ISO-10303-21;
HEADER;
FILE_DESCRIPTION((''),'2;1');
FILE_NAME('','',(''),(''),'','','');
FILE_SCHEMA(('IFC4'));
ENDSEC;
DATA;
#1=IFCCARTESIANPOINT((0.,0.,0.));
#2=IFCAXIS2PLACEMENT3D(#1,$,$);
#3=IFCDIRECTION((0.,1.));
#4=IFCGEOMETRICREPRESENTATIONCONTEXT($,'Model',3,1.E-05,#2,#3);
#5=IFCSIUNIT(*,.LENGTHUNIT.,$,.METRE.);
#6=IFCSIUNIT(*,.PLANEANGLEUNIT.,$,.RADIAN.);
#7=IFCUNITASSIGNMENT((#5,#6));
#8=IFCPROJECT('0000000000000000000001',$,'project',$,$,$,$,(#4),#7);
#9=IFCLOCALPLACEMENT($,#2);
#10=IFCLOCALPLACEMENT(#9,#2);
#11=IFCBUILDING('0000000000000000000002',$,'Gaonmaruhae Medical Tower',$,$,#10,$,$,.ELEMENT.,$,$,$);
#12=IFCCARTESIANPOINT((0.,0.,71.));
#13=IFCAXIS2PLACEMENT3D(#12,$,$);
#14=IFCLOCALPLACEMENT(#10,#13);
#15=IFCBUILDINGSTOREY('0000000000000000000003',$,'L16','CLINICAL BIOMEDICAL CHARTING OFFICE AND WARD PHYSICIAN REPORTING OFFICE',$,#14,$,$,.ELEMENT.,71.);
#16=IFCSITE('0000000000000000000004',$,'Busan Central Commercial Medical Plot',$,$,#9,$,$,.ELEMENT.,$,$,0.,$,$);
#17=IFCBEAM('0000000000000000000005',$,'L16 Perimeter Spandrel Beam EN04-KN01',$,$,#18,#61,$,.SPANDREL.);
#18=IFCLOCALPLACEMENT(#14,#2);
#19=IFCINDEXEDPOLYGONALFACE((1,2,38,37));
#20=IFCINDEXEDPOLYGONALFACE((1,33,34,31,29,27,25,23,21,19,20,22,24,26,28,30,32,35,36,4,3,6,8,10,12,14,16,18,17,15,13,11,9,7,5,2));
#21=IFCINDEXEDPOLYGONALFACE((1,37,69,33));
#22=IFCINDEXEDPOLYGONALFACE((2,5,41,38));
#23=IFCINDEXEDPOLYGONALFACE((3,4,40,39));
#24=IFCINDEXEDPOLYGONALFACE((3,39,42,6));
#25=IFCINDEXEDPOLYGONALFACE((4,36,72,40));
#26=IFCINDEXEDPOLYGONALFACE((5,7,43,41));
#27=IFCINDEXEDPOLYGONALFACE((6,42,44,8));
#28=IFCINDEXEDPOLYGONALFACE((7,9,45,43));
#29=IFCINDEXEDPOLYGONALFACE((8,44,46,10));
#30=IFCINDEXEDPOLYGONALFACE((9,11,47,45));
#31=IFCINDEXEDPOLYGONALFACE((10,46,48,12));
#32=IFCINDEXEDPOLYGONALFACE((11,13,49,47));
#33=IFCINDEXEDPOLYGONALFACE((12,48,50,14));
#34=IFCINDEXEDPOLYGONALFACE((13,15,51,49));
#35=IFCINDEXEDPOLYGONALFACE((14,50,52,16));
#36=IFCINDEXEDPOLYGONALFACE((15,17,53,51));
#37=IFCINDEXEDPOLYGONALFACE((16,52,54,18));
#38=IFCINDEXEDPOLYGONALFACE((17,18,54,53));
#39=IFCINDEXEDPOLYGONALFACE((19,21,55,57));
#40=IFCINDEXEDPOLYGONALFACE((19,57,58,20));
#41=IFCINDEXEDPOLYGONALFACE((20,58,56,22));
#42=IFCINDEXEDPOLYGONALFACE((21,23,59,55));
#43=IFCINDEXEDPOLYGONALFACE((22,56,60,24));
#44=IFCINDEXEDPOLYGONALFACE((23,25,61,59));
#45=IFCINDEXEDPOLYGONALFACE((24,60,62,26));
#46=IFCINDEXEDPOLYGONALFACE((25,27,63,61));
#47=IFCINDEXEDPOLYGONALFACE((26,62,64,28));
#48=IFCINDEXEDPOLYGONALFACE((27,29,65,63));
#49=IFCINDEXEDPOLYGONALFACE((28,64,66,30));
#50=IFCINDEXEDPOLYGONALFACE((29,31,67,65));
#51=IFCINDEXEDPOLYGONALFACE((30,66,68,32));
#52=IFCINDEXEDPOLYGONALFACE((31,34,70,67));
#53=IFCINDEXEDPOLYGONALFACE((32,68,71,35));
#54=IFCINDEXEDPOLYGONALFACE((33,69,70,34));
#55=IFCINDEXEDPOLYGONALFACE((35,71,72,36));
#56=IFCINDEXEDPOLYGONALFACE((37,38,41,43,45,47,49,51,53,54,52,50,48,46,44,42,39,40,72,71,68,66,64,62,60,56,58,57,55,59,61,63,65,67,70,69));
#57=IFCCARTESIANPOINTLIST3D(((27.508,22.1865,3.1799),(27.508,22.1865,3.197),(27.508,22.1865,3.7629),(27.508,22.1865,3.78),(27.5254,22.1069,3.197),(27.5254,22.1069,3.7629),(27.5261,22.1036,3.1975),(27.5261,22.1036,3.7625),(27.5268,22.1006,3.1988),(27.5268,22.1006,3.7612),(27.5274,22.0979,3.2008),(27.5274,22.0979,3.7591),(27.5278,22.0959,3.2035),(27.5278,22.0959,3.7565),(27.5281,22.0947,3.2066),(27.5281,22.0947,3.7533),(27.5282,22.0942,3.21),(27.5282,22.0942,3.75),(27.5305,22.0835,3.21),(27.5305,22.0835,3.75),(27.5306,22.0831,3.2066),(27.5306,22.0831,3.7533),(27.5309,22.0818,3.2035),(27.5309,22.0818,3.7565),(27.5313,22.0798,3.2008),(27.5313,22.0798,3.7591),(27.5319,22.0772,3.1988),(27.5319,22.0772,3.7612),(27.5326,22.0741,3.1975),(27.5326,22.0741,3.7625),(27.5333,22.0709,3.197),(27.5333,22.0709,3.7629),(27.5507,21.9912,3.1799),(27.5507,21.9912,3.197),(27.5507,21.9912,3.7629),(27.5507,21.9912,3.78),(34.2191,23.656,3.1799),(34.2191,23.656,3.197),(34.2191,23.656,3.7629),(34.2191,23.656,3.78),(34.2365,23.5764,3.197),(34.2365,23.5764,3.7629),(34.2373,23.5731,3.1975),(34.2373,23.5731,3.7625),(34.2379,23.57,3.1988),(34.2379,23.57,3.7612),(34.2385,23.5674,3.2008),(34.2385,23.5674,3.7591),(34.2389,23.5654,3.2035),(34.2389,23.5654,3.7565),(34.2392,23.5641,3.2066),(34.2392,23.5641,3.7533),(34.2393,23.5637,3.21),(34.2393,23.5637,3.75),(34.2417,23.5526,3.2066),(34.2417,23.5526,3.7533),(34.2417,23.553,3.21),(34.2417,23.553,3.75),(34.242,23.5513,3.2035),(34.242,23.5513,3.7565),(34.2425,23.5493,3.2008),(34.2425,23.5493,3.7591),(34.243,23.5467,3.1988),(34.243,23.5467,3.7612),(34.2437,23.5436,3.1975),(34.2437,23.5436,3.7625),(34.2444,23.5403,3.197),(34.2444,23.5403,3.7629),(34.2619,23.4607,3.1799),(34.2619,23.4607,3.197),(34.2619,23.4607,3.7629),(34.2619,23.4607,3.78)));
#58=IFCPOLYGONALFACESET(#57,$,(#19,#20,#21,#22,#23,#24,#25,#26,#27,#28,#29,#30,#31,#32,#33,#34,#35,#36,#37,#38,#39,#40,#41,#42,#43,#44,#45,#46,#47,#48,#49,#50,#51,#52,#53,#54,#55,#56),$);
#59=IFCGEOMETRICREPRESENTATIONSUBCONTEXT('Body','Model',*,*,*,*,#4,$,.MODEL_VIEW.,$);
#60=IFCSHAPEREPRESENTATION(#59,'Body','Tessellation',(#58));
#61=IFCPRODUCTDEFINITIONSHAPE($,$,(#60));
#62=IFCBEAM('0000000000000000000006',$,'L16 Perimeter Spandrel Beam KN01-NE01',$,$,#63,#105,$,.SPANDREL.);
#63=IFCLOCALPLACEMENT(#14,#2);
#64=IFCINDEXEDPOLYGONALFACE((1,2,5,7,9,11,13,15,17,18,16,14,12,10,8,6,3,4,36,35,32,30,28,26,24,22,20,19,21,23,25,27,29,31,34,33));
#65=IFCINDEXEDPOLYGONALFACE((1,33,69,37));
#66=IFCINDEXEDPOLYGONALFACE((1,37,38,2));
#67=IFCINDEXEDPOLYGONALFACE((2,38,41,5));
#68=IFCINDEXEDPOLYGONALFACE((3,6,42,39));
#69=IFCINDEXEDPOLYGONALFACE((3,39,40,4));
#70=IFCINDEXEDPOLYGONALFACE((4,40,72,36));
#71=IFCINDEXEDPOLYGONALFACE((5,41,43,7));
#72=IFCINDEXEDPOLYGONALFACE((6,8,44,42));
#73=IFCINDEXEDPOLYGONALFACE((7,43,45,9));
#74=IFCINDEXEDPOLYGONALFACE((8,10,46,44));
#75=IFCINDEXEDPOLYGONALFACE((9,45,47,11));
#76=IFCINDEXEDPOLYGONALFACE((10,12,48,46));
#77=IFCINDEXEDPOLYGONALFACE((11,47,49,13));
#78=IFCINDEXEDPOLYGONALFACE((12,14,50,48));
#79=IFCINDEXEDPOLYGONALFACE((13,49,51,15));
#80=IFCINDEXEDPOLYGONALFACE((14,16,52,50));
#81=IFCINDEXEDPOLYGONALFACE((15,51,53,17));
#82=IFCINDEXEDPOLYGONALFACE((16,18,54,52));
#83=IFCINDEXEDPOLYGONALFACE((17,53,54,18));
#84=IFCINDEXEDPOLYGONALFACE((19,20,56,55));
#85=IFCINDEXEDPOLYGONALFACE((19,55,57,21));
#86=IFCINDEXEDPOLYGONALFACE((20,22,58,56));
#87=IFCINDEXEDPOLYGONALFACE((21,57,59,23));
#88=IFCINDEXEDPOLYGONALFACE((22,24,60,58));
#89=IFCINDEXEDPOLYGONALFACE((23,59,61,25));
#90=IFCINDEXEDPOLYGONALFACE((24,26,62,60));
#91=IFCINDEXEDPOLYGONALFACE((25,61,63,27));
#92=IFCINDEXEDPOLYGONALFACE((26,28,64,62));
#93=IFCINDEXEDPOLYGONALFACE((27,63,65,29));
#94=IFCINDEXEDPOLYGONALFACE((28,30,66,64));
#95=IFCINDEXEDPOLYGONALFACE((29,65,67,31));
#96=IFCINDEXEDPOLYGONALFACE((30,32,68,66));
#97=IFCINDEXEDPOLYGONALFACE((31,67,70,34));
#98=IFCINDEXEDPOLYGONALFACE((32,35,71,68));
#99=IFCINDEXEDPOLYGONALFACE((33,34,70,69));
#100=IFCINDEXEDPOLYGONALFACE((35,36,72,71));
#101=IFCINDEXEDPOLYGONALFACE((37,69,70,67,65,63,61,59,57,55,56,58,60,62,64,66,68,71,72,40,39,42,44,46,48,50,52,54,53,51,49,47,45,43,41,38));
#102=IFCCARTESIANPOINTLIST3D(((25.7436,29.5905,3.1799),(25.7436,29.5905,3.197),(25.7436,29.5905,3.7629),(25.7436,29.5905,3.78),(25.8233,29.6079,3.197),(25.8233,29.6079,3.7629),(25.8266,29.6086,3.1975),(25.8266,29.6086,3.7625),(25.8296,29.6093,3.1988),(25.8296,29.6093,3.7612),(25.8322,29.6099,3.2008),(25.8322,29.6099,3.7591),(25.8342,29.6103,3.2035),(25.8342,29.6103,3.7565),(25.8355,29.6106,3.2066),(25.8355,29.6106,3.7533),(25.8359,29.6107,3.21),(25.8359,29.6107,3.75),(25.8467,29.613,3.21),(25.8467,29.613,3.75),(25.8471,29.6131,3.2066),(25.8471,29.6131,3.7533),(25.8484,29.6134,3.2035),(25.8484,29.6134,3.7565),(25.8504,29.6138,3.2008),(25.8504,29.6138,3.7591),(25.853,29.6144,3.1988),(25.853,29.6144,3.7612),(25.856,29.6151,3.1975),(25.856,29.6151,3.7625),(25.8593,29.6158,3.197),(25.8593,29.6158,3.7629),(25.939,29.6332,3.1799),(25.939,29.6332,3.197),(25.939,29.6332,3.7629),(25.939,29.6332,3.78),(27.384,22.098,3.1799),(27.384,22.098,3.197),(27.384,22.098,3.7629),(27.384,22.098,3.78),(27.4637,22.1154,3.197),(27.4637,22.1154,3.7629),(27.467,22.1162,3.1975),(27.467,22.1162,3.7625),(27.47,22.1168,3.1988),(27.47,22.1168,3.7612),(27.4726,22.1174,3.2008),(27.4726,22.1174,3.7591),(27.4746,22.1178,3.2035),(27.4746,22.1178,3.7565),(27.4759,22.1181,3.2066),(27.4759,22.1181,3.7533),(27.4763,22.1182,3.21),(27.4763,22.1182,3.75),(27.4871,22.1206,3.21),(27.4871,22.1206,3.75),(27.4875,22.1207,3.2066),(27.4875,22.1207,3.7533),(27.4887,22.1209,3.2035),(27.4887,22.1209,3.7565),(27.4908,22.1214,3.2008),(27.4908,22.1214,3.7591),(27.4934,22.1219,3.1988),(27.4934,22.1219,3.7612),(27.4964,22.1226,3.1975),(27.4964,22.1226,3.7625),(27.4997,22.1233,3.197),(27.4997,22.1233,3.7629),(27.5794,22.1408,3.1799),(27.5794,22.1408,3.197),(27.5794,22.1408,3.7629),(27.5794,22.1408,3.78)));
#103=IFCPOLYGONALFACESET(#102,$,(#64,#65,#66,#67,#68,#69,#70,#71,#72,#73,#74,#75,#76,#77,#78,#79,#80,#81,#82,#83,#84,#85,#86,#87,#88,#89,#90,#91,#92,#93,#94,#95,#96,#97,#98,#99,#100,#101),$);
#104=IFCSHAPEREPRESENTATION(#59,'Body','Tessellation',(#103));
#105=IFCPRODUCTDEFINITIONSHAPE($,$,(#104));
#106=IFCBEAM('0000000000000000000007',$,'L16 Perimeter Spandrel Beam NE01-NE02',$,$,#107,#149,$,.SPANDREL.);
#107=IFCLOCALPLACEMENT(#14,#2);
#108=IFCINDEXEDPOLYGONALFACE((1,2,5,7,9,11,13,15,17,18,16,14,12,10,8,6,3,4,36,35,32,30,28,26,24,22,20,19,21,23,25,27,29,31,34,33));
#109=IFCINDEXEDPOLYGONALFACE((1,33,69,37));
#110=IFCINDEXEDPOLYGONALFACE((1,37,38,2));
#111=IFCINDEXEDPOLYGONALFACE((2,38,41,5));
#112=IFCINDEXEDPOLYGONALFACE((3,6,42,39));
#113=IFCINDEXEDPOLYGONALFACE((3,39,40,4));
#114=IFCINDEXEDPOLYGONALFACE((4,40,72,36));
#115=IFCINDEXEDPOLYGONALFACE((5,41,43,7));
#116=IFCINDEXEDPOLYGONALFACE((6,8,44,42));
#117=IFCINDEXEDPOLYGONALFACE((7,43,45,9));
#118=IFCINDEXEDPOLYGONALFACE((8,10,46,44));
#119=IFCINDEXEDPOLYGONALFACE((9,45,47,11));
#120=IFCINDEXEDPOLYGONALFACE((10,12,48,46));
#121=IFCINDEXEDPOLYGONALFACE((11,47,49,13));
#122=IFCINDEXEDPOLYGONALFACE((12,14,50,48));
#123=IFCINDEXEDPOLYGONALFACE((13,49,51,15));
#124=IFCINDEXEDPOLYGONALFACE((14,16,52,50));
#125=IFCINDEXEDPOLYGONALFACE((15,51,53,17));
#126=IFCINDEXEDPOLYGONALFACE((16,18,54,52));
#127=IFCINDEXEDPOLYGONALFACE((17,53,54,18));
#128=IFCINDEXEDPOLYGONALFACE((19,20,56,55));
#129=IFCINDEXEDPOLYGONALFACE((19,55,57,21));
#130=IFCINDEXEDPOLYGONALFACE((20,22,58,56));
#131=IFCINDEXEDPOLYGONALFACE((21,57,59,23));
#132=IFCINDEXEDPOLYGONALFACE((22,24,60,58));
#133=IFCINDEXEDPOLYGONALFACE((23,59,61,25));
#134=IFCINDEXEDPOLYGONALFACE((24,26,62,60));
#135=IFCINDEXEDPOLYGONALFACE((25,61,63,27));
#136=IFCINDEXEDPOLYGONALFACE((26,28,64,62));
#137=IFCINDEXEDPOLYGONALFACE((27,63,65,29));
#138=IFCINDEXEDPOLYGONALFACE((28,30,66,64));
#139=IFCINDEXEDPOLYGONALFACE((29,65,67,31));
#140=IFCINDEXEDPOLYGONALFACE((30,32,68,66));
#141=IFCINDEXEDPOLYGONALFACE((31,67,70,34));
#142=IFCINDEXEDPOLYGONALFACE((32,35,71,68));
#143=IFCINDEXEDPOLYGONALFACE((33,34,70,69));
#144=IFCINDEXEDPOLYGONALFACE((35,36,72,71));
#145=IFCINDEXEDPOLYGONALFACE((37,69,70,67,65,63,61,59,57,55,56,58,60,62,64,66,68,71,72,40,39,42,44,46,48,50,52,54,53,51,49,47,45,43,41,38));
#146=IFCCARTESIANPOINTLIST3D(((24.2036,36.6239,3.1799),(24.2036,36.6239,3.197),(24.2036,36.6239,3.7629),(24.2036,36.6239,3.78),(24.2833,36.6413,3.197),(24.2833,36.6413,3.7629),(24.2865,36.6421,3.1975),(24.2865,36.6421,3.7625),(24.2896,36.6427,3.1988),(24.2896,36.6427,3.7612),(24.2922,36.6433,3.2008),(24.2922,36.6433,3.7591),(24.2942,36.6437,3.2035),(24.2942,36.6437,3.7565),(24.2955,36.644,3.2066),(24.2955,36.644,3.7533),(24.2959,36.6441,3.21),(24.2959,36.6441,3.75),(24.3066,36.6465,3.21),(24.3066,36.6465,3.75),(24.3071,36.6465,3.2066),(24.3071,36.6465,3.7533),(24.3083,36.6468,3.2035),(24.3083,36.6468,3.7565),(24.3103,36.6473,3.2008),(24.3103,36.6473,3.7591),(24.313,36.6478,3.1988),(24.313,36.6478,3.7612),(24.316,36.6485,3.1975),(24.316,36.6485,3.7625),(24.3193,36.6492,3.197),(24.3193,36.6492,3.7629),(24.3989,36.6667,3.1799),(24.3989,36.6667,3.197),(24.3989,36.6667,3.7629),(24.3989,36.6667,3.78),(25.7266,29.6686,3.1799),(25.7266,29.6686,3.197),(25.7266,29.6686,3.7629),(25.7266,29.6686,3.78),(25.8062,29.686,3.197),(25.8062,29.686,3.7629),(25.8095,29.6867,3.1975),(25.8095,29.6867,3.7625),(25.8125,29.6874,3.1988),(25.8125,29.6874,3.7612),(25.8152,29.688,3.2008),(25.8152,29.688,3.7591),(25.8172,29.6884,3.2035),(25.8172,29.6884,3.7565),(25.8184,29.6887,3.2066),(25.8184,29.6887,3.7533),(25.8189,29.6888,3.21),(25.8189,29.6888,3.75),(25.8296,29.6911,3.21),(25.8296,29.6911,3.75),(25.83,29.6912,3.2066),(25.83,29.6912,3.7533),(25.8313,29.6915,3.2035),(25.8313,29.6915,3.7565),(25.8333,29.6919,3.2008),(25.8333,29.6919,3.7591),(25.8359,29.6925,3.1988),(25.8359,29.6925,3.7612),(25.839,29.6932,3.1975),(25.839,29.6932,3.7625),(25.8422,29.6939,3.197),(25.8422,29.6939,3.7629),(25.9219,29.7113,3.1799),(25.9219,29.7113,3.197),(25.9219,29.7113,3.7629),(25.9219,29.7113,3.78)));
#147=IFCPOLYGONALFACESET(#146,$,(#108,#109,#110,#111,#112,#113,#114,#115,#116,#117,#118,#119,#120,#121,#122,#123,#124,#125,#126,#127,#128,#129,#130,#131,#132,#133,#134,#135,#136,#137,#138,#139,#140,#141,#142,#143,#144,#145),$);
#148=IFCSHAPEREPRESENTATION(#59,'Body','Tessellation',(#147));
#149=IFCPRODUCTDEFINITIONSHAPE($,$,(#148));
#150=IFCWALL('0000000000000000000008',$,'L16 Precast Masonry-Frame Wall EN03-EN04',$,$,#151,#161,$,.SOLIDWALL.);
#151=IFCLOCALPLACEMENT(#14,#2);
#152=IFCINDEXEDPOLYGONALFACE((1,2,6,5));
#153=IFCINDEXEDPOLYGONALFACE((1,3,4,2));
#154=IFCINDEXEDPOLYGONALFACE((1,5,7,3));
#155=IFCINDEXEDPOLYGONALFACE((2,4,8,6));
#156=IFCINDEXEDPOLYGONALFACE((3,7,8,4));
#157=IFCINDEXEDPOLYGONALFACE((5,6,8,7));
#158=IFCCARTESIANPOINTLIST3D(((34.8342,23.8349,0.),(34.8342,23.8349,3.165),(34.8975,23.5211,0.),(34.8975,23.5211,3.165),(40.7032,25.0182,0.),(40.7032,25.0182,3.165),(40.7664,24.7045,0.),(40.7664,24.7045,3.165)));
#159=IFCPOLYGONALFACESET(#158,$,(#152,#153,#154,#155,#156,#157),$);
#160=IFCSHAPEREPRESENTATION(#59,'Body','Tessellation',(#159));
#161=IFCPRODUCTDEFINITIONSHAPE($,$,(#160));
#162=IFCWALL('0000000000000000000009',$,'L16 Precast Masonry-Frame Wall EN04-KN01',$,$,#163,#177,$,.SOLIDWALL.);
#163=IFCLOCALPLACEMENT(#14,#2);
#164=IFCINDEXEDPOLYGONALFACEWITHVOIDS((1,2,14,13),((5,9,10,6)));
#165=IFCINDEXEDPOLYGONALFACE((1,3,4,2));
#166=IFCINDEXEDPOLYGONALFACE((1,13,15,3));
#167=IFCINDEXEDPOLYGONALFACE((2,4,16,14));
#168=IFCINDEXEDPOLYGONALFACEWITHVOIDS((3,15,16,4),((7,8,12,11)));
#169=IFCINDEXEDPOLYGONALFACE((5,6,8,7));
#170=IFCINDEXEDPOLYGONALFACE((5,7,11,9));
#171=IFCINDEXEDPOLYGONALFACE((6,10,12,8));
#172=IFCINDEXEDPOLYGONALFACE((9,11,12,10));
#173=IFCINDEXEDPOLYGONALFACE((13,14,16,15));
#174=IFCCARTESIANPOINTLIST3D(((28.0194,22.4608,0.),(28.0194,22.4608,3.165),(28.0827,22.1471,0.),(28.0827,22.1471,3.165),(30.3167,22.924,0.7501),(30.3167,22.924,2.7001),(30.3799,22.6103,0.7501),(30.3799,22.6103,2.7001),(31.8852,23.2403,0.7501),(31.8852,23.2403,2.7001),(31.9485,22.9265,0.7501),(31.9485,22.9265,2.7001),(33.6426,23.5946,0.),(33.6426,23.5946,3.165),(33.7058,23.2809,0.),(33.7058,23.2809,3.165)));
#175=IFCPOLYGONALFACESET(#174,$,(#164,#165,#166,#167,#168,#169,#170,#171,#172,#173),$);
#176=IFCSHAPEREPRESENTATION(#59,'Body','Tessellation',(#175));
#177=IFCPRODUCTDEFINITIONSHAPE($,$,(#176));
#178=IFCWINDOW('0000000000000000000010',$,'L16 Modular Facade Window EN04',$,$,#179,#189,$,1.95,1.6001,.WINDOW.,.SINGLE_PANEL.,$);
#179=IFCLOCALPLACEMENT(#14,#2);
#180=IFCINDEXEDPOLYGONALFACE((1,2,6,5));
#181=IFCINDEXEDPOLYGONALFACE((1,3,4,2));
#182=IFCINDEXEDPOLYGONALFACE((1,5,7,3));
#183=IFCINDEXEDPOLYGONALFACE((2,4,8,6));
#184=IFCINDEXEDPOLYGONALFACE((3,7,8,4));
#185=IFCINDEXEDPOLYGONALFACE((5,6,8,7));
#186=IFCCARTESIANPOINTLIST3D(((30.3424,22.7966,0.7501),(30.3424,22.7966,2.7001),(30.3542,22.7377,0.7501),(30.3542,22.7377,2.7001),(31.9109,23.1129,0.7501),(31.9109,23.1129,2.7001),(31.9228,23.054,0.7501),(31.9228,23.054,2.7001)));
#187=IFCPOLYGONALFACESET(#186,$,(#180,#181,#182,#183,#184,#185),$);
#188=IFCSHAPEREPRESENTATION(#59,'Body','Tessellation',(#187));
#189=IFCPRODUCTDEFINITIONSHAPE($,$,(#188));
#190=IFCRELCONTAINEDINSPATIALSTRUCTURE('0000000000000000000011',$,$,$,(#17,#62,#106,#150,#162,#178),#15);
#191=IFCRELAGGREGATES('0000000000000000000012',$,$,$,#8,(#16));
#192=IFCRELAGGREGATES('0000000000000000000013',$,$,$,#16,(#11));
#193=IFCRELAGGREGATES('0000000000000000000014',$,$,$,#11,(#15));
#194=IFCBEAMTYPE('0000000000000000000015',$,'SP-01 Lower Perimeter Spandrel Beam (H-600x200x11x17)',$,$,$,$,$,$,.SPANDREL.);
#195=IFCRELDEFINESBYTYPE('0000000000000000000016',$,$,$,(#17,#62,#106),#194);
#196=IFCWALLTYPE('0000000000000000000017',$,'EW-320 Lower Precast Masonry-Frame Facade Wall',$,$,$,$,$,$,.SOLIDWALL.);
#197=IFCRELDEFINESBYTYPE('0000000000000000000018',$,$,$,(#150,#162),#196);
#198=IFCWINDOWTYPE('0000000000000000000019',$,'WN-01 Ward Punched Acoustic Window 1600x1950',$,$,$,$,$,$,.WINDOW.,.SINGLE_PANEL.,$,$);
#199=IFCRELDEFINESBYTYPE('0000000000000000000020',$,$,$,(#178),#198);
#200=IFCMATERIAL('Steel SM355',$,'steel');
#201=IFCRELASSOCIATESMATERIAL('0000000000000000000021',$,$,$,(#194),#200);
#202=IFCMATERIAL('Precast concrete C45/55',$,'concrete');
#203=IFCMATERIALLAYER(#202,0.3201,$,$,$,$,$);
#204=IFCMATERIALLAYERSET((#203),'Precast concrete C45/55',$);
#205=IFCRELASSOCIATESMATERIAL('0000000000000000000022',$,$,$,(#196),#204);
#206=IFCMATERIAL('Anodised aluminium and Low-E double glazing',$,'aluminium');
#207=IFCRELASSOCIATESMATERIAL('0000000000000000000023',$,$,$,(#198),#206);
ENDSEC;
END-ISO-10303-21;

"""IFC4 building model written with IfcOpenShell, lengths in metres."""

from ifc_helpers import new_model, si_unit, direction, frame, frame_2d, origin, origin_2d, place, context, subcontext, project, spatial, rectangle, i_section, extrude, material, layer, layer_set, material_profile, profile_set, type_object, element, fill, save


model = new_model("IFC4")

# Units and contexts
model_context = context("Model", 3, precision=1e-05, world=origin(), true_north=direction((0.0, 1.0)))
body_context = subcontext(model_context, "Body", "Model", "MODEL_VIEW")
ifc_project = project(units=[si_unit("LENGTHUNIT", "METRE"), si_unit("PLANEANGLEUNIT", "RADIAN")], contexts=[model_context])

# Site, building, storey
site_placement = place(None, origin())
site = spatial("IfcSite", under=ifc_project, at=site_placement, Name="Busan Central Commercial Medical Plot", CompositionType="ELEMENT", RefElevation=0.0)
building_placement = place(site_placement, origin())
building = spatial("IfcBuilding", under=site, at=building_placement, Name="Gaonmaruhae Medical Tower", CompositionType="ELEMENT")
storey_placement = place(building_placement, frame((0.0, 0.0, 71.0)))
storey = spatial("IfcBuildingStorey", under=building, at=storey_placement, Name="L16", Description="CLINICAL BIOMEDICAL CHARTING OFFICE AND WARD PHYSICIAN REPORTING OFFICE", CompositionType="ELEMENT", Elevation=71.0)

# Beams
ifc_material_1 = material(Name="Steel SM355", Category="steel")
ifc_material_profile_1 = material_profile(ifc_material_1, i_section(OverallWidth=0.2, OverallDepth=0.6001, WebThickness=0.011, FlangeThickness=0.0171, FilletRadius=0.0129, at=origin_2d()), Name="H-600x200x11x17")
ifc_profile_set_1 = profile_set([ifc_material_profile_1], Name="Steel SM355")
beam_type_1 = type_object("IfcBeamType", Name="SP-01 Lower Perimeter Spandrel Beam (H-600x200x11x17)", PredefinedType="SPANDREL", material=ifc_profile_set_1)
beam_1_placement = place(storey_placement, frame((34.2405, 23.5583, 3.48), z_axis=(-0.976857, -0.213893, 0.0), x_axis=(0.213893, -0.976857, 0.0)))
element("IfcBeam", 1, at=beam_1_placement, inside=storey, type_object=beam_type_1, Name="L16 Perimeter Spandrel Beam EN04-KN01", PredefinedType="SPANDREL", context=body_context, shape_type="SweptSolid", body=[
    extrude(i_section(OverallWidth=0.2, OverallDepth=0.6001, WebThickness=0.011, FlangeThickness=0.0171, FilletRadius=0.0129, at=origin_2d()), origin(), (0.0, 0.0, 1.0), 6.8701),
])
beam_2_placement = place(storey_placement, frame((27.4817, 22.1194, 3.48), z_axis=(-0.213872, 0.976862, 0.0), x_axis=(-0.976862, -0.213872, 0.0)))
element("IfcBeam", 2, at=beam_2_placement, inside=storey, type_object=beam_type_1, Name="L16 Perimeter Spandrel Beam KN01-NE01", PredefinedType="SPANDREL", context=body_context, shape_type="SweptSolid", body=[
    extrude(i_section(OverallWidth=0.2, OverallDepth=0.6001, WebThickness=0.011, FlangeThickness=0.0171, FilletRadius=0.0129, at=origin_2d()), origin(), (0.0, 0.0, 1.0), 7.6699),
])
beam_3_placement = place(storey_placement, frame((25.8242, 29.6899, 3.48), z_axis=(-0.213894, 0.976857, 0.0), x_axis=(-0.976857, -0.213894, 0.0)))
element("IfcBeam", 3, at=beam_3_placement, inside=storey, type_object=beam_type_1, Name="L16 Perimeter Spandrel Beam NE01-NE02", PredefinedType="SPANDREL", context=body_context, shape_type="SweptSolid", body=[
    extrude(i_section(OverallWidth=0.2, OverallDepth=0.6001, WebThickness=0.011, FlangeThickness=0.0171, FilletRadius=0.0129, at=origin_2d()), origin(), (0.0, 0.0, 1.0), 7.1201),
])

# Wall
ifc_material_2 = material(Name="Precast concrete C45/55", Category="concrete")
ifc_layer_1 = layer(ifc_material_2, 0.3201)
ifc_layer_set_1 = layer_set([ifc_layer_1], Name="Precast concrete C45/55")
wall_type_1 = type_object("IfcWallType", Name="EW-320 Lower Precast Masonry-Frame Facade Wall", PredefinedType="SOLIDWALL", material=ifc_layer_set_1)
wall_1_placement = place(storey_placement, frame((34.8657, 23.678, 0.0), z_axis=(0.0, 0.0, 1.0), x_axis=(0.980272, 0.197653, 0.0)))
element("IfcWall", 4, at=wall_1_placement, inside=storey, type_object=wall_type_1, Name="L16 Precast Masonry-Frame Wall EN03-EN04", PredefinedType="SOLIDWALL", context=body_context, shape_type="SweptSolid", body=[
    extrude(rectangle(XDim=5.9871, YDim=0.3201, at=frame_2d((2.9937, 0.0))), origin(), (0.0, 0.0, 1.0), 3.165),
])

# Wall, opening, window
wall_2_placement = place(storey_placement, frame((28.051, 22.304, 0.0), z_axis=(0.0, 0.0, 1.0), x_axis=(0.980272, 0.197655, 0.0)))
wall_2 = element("IfcWall", 5, at=wall_2_placement, inside=storey, type_object=wall_type_1, Name="L16 Precast Masonry-Frame Wall EN04-KN01", PredefinedType="SOLIDWALL", context=body_context, shape_type="SweptSolid", body=[
    extrude(rectangle(XDim=5.7363, YDim=0.3201, at=frame_2d((2.8682, 0.0))), origin(), (0.0, 0.0, 1.0), 3.165),
])
opening_1_placement = place(wall_2_placement, frame((2.3435, 0.0, 0.75)))
opening_1 = element("IfcOpeningElement", 6, at=opening_1_placement, cuts=wall_2, PredefinedType="OPENING", context=body_context, shape_type="SweptSolid", body=[
    extrude(rectangle(XDim=1.6001, YDim=1.95, at=frame_2d((0.8, 0.9751))), frame((0.0, 0.1699, 0.0), z_axis=(0.0, -1.0, 0.0), x_axis=(1.0, 0.0, 0.0)), (0.0, 0.0, 1.0), 0.3401),
])
ifc_material_3 = material(Name="Anodised aluminium and Low-E double glazing", Category="aluminium")
window_type_1 = type_object("IfcWindowType", Name="WN-01 Ward Punched Acoustic Window 1600x1950", PartitioningType="SINGLE_PANEL", PredefinedType="WINDOW", material=ifc_material_3)
window_1_placement = place(opening_1_placement, origin())
window_1 = element("IfcWindow", 7, at=window_1_placement, inside=storey, type_object=window_type_1, Name="L16 Modular Facade Window EN04", OverallHeight=1.95, OverallWidth=1.6001, PartitioningType="SINGLE_PANEL", PredefinedType="WINDOW", context=body_context, shape_type="SweptSolid", body=[
    extrude(rectangle(XDim=1.6001, YDim=1.95, at=frame_2d((0.8, 0.9751))), frame((0.0, 0.03, 0.0), z_axis=(0.0, -1.0, 0.0), x_axis=(1.0, 0.0, 0.0)), (0.0, 0.0, 1.0), 0.0601),
])
fill(opening_1, window_1)

save(model, "model.ifc")
